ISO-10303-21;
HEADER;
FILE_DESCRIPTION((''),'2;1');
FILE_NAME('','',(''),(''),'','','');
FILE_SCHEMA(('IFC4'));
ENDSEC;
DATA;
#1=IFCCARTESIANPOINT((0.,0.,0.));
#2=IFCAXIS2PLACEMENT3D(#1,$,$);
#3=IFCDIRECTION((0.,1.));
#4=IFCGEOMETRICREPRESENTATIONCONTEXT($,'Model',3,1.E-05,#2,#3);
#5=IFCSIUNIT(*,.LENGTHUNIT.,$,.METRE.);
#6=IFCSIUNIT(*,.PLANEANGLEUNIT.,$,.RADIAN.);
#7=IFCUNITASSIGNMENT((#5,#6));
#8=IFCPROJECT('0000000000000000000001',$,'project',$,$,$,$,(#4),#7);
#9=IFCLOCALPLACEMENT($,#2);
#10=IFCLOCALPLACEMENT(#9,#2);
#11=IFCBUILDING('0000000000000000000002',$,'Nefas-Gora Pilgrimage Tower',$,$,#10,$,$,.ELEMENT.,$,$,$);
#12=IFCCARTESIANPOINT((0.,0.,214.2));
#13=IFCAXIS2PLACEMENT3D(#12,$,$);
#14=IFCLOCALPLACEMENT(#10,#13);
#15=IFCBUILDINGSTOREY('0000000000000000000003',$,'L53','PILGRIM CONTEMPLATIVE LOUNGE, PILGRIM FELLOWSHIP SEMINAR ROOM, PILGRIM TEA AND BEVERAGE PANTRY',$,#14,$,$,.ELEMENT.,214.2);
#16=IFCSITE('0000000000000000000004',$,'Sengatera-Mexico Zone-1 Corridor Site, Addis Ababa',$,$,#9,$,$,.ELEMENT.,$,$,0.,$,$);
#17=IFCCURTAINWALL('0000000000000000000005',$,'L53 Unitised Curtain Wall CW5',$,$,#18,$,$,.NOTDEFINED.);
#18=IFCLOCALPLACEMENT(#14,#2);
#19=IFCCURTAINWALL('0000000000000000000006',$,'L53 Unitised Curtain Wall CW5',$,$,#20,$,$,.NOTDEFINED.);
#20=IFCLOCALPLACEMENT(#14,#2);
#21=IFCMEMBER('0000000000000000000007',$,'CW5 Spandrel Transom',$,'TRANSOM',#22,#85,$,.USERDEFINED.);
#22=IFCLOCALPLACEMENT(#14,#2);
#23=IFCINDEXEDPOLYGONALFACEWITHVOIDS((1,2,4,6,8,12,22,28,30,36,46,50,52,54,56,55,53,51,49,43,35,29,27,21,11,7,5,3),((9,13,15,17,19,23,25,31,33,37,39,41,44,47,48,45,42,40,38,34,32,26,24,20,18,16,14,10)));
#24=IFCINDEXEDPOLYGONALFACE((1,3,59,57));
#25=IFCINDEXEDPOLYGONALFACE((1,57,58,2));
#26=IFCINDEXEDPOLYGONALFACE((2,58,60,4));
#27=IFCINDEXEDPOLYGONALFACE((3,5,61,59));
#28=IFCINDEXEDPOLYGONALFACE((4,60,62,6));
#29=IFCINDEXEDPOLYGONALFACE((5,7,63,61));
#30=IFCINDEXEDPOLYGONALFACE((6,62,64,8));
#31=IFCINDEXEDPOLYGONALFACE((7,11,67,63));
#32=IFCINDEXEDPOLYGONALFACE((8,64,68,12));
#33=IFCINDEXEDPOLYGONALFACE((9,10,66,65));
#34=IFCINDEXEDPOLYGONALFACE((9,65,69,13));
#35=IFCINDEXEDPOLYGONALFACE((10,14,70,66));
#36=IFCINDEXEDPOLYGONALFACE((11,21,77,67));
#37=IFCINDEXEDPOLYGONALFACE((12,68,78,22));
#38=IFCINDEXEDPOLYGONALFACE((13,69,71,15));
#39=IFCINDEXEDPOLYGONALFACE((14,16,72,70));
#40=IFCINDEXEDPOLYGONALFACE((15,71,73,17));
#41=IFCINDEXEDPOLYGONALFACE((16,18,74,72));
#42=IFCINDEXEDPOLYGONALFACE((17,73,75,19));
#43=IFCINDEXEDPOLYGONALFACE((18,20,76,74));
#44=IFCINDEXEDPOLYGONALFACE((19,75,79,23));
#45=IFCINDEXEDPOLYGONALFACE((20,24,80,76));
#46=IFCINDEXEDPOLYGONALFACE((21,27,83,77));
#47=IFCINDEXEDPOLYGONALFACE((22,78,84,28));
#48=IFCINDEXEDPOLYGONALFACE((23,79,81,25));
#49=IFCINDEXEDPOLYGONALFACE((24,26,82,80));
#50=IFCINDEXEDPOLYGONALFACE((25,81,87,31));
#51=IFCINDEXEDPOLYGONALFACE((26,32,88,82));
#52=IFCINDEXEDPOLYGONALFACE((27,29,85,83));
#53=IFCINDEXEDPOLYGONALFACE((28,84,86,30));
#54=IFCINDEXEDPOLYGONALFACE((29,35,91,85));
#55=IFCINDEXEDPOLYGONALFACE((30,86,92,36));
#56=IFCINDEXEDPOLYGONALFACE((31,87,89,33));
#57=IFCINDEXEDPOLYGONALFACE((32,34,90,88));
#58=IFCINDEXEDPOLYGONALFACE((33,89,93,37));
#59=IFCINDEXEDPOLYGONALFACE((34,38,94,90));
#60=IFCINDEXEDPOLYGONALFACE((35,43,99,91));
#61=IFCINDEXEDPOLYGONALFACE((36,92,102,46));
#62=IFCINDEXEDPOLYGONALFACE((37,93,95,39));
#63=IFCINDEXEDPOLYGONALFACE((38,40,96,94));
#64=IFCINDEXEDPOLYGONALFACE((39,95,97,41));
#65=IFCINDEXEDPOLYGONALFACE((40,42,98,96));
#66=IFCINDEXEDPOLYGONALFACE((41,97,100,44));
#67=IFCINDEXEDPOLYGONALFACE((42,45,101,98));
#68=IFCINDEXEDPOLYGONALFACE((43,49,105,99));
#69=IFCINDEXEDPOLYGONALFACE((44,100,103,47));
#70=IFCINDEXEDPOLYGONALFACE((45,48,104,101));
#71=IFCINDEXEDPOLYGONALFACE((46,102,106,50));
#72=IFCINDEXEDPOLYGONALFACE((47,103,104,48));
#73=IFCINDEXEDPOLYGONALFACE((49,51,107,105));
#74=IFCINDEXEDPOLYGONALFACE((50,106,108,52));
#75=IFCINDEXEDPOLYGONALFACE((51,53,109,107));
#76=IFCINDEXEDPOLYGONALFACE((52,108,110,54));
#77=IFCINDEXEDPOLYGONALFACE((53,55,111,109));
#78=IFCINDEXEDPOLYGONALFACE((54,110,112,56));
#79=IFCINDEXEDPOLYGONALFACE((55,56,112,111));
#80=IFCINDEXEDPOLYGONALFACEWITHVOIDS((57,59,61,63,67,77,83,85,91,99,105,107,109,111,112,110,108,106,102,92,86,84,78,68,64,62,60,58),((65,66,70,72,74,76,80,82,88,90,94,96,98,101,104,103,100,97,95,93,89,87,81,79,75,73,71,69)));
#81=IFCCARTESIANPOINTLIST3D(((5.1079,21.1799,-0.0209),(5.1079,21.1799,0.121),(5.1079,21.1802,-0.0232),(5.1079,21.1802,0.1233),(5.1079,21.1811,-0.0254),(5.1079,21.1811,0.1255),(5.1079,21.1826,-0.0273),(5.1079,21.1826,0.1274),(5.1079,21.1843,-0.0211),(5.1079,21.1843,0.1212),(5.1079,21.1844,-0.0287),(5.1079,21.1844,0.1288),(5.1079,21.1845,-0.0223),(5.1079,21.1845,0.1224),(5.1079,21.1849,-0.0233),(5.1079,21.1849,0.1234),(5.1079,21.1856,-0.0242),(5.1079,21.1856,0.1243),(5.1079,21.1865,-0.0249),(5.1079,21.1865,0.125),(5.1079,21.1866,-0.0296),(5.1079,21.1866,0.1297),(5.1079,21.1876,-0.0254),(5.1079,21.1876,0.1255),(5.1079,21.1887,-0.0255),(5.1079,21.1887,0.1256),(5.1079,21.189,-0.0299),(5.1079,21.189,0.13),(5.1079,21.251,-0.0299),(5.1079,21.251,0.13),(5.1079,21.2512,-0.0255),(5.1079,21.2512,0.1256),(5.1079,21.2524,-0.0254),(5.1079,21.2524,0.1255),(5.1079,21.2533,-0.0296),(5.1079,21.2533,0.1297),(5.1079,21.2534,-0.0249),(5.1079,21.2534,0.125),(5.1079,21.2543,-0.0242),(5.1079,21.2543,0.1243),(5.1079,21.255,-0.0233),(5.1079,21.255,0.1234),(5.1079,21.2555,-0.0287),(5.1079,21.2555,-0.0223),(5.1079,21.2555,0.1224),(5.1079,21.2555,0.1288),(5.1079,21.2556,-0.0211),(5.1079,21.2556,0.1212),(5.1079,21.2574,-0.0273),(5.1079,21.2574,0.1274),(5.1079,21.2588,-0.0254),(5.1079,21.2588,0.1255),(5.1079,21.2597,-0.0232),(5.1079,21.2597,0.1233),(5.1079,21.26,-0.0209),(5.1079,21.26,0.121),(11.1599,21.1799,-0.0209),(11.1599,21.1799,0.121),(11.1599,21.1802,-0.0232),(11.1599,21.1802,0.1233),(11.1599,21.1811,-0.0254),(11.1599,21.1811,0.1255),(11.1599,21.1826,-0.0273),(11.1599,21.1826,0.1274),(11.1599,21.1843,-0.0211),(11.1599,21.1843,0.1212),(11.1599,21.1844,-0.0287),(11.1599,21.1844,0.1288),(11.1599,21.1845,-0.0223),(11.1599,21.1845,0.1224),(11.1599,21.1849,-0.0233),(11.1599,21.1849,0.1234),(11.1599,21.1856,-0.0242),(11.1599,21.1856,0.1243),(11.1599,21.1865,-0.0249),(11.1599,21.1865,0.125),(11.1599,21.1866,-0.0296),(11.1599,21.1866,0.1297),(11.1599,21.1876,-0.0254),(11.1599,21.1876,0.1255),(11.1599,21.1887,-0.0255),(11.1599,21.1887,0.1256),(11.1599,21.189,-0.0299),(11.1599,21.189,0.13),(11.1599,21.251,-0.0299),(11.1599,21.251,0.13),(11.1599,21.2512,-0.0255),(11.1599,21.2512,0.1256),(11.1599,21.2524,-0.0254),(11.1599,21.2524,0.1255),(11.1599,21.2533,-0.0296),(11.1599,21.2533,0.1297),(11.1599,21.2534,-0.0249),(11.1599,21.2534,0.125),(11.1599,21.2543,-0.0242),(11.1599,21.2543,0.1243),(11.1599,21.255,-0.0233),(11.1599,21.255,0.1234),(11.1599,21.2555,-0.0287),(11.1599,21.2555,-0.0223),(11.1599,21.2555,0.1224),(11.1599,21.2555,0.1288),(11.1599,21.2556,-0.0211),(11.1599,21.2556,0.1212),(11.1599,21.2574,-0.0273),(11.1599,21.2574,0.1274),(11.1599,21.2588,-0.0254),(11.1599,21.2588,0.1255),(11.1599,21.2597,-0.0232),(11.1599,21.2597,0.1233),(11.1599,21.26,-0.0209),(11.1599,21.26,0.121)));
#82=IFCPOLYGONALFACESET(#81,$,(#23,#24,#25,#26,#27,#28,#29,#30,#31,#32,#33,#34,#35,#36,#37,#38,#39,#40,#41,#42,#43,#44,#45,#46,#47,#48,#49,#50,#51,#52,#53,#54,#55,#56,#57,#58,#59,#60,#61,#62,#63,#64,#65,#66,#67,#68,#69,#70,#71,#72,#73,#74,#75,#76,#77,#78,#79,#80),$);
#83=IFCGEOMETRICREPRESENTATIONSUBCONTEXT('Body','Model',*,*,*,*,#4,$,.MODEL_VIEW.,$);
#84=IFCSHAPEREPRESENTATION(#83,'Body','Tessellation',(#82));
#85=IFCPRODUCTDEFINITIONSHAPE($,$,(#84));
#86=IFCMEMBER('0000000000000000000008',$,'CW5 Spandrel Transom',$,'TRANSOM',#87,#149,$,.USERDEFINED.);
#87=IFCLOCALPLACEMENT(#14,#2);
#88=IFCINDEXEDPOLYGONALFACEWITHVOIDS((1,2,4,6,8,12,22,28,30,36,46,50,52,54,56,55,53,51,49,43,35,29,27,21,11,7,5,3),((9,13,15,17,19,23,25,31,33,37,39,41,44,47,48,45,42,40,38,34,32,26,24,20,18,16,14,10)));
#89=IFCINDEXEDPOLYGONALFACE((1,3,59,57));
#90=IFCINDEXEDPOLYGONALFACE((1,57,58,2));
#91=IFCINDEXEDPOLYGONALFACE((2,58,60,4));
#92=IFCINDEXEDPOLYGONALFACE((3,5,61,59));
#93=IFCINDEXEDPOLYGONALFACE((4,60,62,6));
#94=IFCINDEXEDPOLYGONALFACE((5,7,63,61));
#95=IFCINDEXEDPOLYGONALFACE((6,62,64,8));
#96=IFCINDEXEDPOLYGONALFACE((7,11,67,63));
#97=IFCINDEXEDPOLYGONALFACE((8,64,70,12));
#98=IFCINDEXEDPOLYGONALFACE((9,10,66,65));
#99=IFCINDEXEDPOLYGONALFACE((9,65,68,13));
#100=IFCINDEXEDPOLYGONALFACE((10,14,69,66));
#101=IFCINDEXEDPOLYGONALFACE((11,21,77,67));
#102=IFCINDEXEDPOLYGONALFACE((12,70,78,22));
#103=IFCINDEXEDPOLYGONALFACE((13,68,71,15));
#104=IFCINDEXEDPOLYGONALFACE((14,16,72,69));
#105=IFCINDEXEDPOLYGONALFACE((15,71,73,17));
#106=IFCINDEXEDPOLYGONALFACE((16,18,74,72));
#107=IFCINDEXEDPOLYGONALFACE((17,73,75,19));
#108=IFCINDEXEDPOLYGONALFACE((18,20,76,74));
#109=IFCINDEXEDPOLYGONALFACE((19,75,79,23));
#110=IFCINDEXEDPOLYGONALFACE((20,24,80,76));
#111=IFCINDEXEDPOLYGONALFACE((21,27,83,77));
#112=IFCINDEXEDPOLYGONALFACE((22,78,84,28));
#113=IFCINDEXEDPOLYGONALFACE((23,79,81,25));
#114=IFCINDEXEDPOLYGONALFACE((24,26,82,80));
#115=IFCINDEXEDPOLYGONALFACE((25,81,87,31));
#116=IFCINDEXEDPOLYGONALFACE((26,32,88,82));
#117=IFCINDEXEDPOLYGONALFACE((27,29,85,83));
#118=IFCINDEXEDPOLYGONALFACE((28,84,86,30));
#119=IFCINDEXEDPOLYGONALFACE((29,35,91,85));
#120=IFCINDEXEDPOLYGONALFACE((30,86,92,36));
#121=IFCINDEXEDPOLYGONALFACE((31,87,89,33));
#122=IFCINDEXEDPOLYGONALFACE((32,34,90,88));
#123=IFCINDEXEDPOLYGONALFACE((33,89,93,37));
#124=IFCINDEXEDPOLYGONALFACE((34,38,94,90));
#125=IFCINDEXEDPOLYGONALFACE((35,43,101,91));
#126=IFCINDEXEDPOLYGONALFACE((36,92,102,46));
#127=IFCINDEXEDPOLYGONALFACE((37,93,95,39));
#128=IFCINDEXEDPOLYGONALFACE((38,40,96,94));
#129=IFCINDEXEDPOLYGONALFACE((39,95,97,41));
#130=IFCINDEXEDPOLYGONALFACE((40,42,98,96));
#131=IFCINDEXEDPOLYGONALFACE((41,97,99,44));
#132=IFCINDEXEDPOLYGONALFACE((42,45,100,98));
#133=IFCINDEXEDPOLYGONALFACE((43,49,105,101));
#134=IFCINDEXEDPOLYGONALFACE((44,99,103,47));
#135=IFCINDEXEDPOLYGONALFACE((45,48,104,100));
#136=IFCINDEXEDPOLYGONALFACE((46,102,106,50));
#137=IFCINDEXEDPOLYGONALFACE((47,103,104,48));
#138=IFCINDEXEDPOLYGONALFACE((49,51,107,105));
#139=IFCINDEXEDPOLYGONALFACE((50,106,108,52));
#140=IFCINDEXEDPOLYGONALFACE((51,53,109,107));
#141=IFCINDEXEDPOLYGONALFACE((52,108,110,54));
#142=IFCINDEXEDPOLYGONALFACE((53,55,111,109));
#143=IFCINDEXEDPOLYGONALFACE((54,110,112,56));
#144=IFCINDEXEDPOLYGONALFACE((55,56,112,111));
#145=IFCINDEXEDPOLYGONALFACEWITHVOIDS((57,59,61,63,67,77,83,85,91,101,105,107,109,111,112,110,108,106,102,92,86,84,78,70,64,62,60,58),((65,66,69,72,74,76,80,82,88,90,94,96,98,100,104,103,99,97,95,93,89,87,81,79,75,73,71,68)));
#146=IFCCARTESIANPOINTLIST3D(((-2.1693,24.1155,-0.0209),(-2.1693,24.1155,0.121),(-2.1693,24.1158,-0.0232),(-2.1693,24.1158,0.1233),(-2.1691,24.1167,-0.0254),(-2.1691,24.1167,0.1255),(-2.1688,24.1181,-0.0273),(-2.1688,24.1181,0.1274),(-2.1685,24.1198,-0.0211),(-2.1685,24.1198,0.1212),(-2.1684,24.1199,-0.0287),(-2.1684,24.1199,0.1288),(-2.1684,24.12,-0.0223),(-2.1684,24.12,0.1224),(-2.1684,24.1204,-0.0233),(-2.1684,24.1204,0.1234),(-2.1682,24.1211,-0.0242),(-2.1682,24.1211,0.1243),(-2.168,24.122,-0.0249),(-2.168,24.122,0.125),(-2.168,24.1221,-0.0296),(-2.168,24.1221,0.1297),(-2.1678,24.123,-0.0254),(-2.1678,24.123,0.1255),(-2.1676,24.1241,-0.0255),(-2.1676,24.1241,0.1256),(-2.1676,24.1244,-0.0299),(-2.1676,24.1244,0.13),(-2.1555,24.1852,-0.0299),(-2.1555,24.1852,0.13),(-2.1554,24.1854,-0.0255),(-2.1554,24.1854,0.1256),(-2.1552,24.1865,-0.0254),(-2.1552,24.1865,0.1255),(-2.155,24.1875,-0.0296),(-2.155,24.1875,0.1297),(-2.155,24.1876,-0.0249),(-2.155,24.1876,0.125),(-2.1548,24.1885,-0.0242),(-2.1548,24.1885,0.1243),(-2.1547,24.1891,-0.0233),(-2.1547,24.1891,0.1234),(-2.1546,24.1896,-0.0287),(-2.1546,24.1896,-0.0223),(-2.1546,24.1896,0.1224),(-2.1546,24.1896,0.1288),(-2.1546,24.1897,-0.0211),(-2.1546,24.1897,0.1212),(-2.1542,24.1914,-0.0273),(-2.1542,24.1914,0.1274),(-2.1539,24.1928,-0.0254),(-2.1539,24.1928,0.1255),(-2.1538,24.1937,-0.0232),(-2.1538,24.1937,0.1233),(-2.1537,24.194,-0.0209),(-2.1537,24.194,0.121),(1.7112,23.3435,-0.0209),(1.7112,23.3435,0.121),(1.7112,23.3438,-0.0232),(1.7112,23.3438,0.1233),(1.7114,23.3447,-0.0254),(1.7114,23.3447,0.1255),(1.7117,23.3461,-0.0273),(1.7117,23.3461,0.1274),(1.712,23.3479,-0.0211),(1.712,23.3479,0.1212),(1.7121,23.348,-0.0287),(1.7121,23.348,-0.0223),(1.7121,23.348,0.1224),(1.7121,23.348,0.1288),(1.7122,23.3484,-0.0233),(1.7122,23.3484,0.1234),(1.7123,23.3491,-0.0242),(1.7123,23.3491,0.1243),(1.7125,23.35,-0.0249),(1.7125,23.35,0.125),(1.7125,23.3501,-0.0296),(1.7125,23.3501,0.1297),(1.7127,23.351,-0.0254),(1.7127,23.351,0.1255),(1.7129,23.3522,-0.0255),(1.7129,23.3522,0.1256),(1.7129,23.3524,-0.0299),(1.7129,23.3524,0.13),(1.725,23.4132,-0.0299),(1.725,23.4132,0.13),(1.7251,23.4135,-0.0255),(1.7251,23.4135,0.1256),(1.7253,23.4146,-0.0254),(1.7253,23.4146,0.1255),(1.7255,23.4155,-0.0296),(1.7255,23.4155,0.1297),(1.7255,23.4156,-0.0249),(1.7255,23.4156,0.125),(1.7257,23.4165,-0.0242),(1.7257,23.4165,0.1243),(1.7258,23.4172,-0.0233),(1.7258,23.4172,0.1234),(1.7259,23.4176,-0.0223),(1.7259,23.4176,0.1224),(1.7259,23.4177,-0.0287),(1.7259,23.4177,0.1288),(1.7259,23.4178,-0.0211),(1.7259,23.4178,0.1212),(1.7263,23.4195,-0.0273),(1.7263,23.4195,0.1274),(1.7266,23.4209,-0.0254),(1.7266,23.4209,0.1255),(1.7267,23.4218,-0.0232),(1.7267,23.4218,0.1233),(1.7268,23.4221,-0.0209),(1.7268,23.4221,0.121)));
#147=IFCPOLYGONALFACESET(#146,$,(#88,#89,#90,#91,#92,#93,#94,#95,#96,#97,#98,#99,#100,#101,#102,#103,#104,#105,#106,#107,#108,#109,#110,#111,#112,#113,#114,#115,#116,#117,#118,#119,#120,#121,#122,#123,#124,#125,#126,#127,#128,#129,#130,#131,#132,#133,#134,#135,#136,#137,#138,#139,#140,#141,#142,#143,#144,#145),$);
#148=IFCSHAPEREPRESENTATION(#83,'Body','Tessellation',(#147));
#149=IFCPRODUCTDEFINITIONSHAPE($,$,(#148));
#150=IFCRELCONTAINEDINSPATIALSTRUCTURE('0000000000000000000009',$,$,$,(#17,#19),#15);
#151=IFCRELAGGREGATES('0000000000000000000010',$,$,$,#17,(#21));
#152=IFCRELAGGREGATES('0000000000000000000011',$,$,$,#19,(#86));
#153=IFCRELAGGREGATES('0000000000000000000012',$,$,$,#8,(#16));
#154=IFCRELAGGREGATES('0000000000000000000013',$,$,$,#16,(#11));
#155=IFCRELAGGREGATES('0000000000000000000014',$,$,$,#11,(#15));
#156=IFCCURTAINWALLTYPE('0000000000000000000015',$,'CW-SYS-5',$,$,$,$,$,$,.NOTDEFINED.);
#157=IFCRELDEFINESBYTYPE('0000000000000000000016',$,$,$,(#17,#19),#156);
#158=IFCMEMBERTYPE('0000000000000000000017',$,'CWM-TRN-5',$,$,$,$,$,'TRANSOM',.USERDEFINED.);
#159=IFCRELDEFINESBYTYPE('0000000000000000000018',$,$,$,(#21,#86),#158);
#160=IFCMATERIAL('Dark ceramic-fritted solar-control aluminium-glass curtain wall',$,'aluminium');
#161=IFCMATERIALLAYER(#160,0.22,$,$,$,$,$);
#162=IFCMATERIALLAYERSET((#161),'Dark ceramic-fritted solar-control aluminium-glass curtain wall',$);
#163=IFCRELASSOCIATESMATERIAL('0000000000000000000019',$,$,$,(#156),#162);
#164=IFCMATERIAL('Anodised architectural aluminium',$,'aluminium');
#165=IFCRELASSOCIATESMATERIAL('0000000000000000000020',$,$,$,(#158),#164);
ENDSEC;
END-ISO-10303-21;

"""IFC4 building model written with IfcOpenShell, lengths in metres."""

from ifc_helpers import new_model, si_unit, direction, frame, origin, origin_2d, place, context, subcontext, project, spatial, hollow_rectangle, extrude, source, transform, mapped, material, layer, layer_set, material_profile, profile_set, type_object, element, aggregate, save


model = new_model("IFC4")

# Units and contexts
model_context = context("Model", 3, precision=1e-05, world=origin(), true_north=direction((0.0, 1.0)))
body_context = subcontext(model_context, "Body", "Model", "MODEL_VIEW")
ifc_project = project(units=[si_unit("LENGTHUNIT", "METRE"), si_unit("PLANEANGLEUNIT", "RADIAN")], contexts=[model_context])

# Site, building, storey
site_placement = place(None, origin())
site = spatial("IfcSite", under=ifc_project, at=site_placement, Name="Sengatera-Mexico Zone-1 Corridor Site, Addis Ababa", CompositionType="ELEMENT", RefElevation=0.0)
building_placement = place(site_placement, origin())
building = spatial("IfcBuilding", under=site, at=building_placement, Name="Nefas-Gora Pilgrimage Tower", CompositionType="ELEMENT")
storey_placement = place(building_placement, frame((0.0, 0.0, 214.2)))
storey = spatial("IfcBuildingStorey", under=building, at=storey_placement, Name="L53", Description="PILGRIM CONTEMPLATIVE LOUNGE, PILGRIM FELLOWSHIP SEMINAR ROOM, PILGRIM TEA AND BEVERAGE PANTRY", CompositionType="ELEMENT", Elevation=214.2)

# Curtain wall
ifc_material_1 = material(Name="Dark ceramic-fritted solar-control aluminium-glass curtain wall", Category="aluminium")
ifc_layer_1 = layer(ifc_material_1, 0.22)
ifc_layer_set_1 = layer_set([ifc_layer_1], Name="Dark ceramic-fritted solar-control aluminium-glass curtain wall")
curtain_wall_type_1 = type_object("IfcCurtainWallType", Name="CW-SYS-5", PredefinedType="NOTDEFINED", material=ifc_layer_set_1)
curtain_wall_1_placement = place(storey_placement, origin())
curtain_wall_1 = element("IfcCurtainWall", 1, at=curtain_wall_1_placement, inside=storey, type_object=curtain_wall_type_1, Name="L53 Unitised Curtain Wall CW5", PredefinedType="NOTDEFINED")
ifc_material_2 = material(Name="Anodised architectural aluminium", Category="aluminium")

# Curtain wall
curtain_wall_2_placement = place(storey_placement, origin())
curtain_wall_2 = element("IfcCurtainWall", 2, at=curtain_wall_2_placement, inside=storey, type_object=curtain_wall_type_1, Name="L53 Unitised Curtain Wall CW5", PredefinedType="NOTDEFINED")

# Members
ifc_material_profile_1 = material_profile(ifc_material_2, hollow_rectangle(XDim=0.0801, YDim=0.1599, WallThickness=0.0044, InnerFilletRadius=0.0044, OuterFilletRadius=0.009, at=origin_2d()), Name="ALU TRANSOM 80x160")
ifc_profile_set_1 = profile_set([ifc_material_profile_1], Name="Anodised architectural aluminium")
member_type_1 = type_object("IfcMemberType", Name="CWM-TRN-5", ElementType="TRANSOM", PredefinedType="USERDEFINED", material=ifc_profile_set_1)
shared_shape_1 = source(origin(), body_context, "Body", "SweptSolid", [
    extrude(hollow_rectangle(XDim=0.0801, YDim=0.1599, WallThickness=0.0044, InnerFilletRadius=0.0044, OuterFilletRadius=0.009, at=origin_2d()), origin(), (0.0, 0.0, 1.0), 6.052),
])
member_1_placement = place(storey_placement, frame((11.1599, 21.22, 0.05), z_axis=(-1.0, 0.0, 0.0), x_axis=(0.0, -1.0, 0.0)))
member_1 = element("IfcMember", 3, at=member_1_placement, type_object=member_type_1, Name="CW5 Spandrel Transom", ObjectType="TRANSOM", PredefinedType="USERDEFINED", context=body_context, shape_type="MappedRepresentation", body=[
    mapped(shared_shape_1, transform((0.0, 0.0, 0.0), x_axis=(1.0, 0.0, 0.0), y_axis=(0.0, 1.0, 0.0), z_axis=(0.0, 0.0, 1.0), scale=1.0)),
])
shared_shape_2 = source(origin(), body_context, "Body", "SweptSolid", [
    extrude(hollow_rectangle(XDim=0.0801, YDim=0.1599, WallThickness=0.0044, InnerFilletRadius=0.0044, OuterFilletRadius=0.009, at=origin_2d()), origin(), (0.0, 0.0, 1.0), 3.9565),
])
member_2_placement = place(storey_placement, frame((1.719, 23.3828, 0.05), z_axis=(-0.980782, 0.195107, 0.0), x_axis=(-0.195107, -0.980782, 0.0)))
member_2 = element("IfcMember", 4, at=member_2_placement, type_object=member_type_1, Name="CW5 Spandrel Transom", ObjectType="TRANSOM", PredefinedType="USERDEFINED", context=body_context, shape_type="MappedRepresentation", body=[
    mapped(shared_shape_2, transform((0.0, 0.0, 0.0), x_axis=(1.0, 0.0, 0.0), y_axis=(0.0, 1.0, 0.0), z_axis=(0.0, 0.0, 1.0), scale=1.0)),
])

aggregate(curtain_wall_1, [member_1])
aggregate(curtain_wall_2, [member_2])

save(model, "model.ifc")
